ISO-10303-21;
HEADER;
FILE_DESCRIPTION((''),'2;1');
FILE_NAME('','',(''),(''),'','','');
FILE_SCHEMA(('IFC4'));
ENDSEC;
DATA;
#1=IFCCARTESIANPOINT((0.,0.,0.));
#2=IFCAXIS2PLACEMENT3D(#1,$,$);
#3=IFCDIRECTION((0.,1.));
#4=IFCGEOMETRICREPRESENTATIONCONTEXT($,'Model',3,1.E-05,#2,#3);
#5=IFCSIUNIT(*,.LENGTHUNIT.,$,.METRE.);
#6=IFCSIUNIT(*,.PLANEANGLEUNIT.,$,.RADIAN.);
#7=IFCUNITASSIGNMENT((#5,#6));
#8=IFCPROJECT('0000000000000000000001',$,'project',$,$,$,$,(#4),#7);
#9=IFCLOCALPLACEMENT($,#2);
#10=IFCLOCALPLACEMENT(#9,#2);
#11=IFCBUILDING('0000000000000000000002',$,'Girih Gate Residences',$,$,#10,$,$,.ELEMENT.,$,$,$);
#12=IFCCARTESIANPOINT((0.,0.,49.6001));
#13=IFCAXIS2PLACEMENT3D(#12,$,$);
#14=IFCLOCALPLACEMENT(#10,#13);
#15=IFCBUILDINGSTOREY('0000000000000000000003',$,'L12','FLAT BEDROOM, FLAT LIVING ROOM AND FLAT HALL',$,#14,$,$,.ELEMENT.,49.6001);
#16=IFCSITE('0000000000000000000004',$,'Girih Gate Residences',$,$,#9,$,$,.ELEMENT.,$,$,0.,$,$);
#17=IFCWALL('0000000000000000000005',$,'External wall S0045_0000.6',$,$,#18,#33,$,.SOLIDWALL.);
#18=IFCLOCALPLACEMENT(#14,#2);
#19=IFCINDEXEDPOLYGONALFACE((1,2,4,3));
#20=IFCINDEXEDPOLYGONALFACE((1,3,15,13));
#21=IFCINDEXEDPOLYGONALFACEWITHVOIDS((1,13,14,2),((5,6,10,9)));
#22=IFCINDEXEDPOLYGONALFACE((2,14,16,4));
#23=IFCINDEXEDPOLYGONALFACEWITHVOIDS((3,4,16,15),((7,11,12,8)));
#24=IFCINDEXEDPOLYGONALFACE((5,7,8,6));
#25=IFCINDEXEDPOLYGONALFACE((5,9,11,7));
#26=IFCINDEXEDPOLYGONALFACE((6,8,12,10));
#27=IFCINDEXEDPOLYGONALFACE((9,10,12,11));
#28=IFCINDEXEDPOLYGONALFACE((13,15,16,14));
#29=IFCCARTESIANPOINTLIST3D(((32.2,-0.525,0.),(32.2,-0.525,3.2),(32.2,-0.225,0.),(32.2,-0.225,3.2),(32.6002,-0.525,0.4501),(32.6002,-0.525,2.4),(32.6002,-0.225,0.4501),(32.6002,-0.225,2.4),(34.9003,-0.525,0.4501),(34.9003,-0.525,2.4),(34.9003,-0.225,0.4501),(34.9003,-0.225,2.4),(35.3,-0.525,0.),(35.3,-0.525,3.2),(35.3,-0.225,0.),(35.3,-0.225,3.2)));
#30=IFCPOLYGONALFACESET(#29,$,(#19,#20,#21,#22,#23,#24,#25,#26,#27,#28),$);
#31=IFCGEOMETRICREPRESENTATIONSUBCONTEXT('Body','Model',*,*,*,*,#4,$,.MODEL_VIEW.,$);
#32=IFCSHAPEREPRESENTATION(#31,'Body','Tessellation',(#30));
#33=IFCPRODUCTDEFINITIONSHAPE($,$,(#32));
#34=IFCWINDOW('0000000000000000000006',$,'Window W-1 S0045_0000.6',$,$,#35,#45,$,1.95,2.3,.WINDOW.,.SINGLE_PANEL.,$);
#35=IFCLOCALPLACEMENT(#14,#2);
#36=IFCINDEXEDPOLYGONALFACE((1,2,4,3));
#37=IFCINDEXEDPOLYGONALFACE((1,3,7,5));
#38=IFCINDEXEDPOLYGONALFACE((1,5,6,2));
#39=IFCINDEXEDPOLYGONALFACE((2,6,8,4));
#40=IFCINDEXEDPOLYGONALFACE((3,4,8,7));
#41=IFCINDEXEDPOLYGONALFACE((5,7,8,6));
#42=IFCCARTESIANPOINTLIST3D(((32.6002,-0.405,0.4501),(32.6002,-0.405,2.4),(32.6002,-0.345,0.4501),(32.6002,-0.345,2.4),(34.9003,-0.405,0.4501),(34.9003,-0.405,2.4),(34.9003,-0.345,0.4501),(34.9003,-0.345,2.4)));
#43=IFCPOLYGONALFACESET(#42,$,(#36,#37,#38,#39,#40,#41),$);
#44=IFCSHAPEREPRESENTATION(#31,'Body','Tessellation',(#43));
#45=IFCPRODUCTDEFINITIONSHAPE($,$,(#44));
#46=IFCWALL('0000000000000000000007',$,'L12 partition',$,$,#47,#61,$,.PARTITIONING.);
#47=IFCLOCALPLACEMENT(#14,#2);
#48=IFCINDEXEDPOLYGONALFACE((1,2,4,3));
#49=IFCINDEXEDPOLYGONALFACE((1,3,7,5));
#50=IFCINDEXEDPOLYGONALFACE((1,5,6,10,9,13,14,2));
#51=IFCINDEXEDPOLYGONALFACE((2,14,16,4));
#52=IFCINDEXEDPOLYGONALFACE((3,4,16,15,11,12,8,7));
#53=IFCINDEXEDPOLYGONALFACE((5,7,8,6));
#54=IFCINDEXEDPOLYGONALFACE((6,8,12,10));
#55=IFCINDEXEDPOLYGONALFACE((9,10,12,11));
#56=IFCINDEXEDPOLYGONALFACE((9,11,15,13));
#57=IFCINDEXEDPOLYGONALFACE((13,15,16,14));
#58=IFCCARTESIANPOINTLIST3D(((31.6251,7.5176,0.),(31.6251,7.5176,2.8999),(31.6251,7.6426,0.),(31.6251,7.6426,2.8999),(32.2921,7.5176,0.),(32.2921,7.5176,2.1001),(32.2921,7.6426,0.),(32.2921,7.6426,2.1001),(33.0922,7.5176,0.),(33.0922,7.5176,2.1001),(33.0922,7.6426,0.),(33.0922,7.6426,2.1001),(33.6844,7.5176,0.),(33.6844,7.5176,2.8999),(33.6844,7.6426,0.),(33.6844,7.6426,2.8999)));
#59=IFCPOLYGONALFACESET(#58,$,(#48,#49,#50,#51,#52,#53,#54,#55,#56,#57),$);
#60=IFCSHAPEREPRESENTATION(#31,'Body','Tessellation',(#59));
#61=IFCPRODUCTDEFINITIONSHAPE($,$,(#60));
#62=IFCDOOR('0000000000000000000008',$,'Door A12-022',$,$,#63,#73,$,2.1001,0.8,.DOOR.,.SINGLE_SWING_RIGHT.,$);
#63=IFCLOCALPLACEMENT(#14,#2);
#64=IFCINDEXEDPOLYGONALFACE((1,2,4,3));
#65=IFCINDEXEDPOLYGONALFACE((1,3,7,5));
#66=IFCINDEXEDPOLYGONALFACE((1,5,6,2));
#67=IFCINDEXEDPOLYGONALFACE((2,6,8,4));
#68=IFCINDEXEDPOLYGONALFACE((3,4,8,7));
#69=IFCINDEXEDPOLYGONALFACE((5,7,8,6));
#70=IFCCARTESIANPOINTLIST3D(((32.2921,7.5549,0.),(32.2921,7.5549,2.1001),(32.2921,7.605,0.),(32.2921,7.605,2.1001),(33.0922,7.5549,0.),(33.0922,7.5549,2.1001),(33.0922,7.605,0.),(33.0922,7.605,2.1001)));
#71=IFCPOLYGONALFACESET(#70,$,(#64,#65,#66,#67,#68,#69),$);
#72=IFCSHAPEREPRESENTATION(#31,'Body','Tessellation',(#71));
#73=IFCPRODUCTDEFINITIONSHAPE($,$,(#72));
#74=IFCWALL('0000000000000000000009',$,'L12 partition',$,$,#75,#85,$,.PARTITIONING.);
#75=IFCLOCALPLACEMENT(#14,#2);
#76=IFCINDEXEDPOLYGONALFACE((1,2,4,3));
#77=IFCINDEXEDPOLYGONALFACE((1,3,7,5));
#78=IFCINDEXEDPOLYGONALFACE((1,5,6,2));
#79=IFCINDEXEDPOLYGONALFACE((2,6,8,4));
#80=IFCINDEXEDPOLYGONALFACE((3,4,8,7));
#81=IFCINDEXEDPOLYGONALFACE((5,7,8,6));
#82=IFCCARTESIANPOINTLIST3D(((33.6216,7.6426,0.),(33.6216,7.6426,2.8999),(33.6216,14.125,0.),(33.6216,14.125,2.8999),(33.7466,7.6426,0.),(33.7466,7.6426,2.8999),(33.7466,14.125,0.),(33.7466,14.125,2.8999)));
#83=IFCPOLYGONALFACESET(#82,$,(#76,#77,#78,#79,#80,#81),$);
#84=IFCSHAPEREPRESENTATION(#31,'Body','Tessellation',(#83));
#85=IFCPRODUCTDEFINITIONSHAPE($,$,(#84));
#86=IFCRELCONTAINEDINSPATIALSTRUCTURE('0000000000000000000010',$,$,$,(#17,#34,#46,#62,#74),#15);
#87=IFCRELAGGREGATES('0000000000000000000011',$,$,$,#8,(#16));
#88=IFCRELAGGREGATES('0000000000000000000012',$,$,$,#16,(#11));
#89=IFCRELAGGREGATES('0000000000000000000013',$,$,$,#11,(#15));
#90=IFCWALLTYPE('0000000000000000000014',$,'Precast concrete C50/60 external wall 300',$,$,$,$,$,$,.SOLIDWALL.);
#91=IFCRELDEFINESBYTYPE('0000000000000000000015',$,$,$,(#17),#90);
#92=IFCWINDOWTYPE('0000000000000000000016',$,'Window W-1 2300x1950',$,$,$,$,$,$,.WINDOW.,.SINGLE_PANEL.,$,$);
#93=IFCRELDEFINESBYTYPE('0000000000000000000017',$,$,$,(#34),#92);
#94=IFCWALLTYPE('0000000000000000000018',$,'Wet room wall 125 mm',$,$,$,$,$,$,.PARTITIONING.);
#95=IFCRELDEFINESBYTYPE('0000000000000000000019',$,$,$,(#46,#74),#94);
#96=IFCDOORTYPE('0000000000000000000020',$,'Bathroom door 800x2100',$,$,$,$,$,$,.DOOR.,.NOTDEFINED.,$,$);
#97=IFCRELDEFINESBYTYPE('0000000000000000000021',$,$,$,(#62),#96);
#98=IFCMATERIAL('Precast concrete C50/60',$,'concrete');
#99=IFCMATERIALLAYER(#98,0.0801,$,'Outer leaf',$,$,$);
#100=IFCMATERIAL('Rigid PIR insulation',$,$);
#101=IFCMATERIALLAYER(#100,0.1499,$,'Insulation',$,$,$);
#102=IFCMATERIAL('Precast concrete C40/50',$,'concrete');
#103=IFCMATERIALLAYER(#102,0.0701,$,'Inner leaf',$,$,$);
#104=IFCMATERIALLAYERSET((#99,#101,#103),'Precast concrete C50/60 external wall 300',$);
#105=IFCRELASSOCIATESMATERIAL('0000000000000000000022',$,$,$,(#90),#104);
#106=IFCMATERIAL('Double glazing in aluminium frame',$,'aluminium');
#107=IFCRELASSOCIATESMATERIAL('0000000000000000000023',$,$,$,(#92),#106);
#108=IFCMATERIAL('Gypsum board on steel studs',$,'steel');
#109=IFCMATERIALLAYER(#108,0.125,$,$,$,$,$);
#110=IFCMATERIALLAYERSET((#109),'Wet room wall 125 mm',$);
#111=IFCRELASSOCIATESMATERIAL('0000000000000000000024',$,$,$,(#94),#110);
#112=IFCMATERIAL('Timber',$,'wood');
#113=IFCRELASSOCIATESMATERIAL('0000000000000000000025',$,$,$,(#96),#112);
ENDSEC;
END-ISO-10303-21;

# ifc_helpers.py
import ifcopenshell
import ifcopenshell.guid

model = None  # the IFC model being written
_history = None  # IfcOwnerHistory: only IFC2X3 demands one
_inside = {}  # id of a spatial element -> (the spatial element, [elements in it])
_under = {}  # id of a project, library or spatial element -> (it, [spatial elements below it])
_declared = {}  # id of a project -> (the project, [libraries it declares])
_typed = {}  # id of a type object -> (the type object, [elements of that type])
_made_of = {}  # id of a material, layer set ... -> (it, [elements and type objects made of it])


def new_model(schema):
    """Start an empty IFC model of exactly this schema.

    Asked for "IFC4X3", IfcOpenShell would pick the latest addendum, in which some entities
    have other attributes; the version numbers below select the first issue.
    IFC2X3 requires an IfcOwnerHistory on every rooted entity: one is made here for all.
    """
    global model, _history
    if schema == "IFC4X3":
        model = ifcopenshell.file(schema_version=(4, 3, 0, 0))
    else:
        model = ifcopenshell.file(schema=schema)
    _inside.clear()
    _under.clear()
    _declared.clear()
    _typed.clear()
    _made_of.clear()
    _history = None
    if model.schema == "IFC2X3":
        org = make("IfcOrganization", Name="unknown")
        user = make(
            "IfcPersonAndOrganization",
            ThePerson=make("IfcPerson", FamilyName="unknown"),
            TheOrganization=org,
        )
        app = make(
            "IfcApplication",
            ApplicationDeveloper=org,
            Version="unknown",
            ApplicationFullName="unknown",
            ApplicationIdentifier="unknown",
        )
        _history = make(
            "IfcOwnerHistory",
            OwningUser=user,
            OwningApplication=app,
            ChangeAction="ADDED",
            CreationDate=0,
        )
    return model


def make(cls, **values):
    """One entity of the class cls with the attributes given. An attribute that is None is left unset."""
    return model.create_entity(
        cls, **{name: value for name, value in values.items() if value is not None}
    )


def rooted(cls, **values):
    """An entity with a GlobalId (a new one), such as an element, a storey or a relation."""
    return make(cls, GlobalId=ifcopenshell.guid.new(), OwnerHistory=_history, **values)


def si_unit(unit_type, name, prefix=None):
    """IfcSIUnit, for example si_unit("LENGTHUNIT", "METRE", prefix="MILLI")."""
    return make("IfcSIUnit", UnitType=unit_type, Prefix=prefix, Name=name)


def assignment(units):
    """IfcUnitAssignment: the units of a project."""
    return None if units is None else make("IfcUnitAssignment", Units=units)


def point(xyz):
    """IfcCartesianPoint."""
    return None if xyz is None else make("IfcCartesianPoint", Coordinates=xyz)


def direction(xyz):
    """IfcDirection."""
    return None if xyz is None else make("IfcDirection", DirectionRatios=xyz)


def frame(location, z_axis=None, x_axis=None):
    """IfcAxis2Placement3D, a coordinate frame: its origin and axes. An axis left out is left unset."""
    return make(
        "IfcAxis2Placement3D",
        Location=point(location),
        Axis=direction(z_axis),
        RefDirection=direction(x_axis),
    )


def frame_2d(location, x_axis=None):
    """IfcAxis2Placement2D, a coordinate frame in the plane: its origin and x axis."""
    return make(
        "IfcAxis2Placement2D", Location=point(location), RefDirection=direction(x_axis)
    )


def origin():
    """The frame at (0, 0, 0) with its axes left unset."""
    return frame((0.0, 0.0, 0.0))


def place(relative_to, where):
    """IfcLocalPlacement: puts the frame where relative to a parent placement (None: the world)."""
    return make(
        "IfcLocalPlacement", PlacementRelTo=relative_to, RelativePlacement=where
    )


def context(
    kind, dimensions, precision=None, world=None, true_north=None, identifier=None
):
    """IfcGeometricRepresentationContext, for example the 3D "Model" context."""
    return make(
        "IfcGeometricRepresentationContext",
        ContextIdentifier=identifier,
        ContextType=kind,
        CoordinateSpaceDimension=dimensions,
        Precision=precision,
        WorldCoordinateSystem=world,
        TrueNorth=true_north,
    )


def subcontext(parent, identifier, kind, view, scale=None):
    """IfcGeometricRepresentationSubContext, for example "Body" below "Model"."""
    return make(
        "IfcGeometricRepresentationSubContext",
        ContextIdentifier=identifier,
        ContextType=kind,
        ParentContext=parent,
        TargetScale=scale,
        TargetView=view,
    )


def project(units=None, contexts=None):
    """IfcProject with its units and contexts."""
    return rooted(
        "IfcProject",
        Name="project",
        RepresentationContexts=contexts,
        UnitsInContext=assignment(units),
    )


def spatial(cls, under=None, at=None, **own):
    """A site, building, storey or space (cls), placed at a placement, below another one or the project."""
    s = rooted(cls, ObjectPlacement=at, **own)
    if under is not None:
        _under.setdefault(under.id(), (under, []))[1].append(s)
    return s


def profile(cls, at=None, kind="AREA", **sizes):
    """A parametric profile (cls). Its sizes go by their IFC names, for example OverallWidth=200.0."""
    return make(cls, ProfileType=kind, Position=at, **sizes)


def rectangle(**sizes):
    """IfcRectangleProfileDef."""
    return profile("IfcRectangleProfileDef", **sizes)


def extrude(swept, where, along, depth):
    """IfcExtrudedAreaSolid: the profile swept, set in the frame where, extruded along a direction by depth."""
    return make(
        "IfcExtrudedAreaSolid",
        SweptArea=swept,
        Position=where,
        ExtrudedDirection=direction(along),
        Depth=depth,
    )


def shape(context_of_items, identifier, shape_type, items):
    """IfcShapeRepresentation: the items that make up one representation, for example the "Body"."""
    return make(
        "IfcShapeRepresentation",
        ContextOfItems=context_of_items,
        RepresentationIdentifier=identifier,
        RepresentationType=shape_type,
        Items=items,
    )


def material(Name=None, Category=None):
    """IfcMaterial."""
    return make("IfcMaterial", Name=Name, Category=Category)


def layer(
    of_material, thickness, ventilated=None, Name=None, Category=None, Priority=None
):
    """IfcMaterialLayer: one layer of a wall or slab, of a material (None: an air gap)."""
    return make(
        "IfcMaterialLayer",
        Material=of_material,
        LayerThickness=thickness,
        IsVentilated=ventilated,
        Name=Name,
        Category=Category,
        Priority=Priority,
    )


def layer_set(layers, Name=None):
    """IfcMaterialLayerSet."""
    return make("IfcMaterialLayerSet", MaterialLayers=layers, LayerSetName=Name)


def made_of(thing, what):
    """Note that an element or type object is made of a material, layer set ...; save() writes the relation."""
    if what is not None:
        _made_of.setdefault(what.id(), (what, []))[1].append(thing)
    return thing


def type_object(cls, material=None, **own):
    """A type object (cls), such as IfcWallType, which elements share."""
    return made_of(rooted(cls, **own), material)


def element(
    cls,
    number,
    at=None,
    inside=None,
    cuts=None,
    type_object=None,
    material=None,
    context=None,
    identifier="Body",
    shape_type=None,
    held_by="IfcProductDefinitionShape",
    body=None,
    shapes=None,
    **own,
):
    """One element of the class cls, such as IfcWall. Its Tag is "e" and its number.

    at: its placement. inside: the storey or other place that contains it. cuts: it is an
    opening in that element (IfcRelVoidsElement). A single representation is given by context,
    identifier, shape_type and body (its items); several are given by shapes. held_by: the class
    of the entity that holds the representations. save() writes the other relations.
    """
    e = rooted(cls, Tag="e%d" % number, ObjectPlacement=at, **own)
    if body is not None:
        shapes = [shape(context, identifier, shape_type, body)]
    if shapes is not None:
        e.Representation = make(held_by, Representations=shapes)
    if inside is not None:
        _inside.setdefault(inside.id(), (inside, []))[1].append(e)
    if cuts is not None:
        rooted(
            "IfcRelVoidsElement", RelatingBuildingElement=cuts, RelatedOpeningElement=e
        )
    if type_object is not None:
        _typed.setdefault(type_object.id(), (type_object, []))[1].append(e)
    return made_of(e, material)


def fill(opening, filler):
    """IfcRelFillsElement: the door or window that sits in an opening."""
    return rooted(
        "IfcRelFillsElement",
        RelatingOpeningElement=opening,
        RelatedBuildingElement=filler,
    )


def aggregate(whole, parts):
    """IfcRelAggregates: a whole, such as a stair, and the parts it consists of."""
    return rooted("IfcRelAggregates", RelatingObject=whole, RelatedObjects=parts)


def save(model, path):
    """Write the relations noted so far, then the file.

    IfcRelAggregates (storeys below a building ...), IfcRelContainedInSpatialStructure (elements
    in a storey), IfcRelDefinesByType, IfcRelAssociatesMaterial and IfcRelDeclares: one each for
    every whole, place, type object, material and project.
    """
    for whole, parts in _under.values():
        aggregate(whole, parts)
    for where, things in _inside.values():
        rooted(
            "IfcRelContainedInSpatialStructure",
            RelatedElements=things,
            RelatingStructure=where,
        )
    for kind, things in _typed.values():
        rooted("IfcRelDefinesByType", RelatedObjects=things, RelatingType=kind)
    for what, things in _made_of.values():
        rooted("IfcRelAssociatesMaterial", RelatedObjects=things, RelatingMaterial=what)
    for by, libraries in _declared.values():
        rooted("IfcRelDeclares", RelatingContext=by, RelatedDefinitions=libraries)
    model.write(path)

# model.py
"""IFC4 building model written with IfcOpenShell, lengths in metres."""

from ifc_helpers import new_model, si_unit, direction, frame, frame_2d, origin, place, context, subcontext, project, spatial, rectangle, extrude, material, layer, layer_set, type_object, element, fill, save


model = new_model("IFC4")

# Units and contexts
model_context = context("Model", 3, precision=1e-05, world=origin(), true_north=direction((0.0, 1.0)))
body_context = subcontext(model_context, "Body", "Model", "MODEL_VIEW")
ifc_project = project(units=[si_unit("LENGTHUNIT", "METRE"), si_unit("PLANEANGLEUNIT", "RADIAN")], contexts=[model_context])

# Site, building, storey
site_placement = place(None, origin())
site = spatial("IfcSite", under=ifc_project, at=site_placement, Name="Girih Gate Residences", CompositionType="ELEMENT", RefElevation=0.0)
building_placement = place(site_placement, origin())
building = spatial("IfcBuilding", under=site, at=building_placement, Name="Girih Gate Residences", CompositionType="ELEMENT")
storey_placement = place(building_placement, frame((0.0, 0.0, 49.6001)))
storey = spatial("IfcBuildingStorey", under=building, at=storey_placement, Name="L12", Description="FLAT BEDROOM, FLAT LIVING ROOM AND FLAT HALL", CompositionType="ELEMENT", Elevation=49.6001)

# Shared definitions
ifc_material_1 = material(Name="Gypsum board on steel studs", Category="steel")

# Shared definitions
ifc_material_2 = material(Name="Timber", Category="wood")

# Wall, opening, window
ifc_material_3 = material(Name="Precast concrete C50/60", Category="concrete")
ifc_layer_1 = layer(ifc_material_3, 0.0801, Name="Outer leaf")
ifc_material_4 = material(Name="Rigid PIR insulation")
ifc_layer_2 = layer(ifc_material_4, 0.1499, Name="Insulation")
ifc_material_5 = material(Name="Precast concrete C40/50", Category="concrete")
ifc_layer_3 = layer(ifc_material_5, 0.0701, Name="Inner leaf")
ifc_layer_set_1 = layer_set([ifc_layer_1, ifc_layer_2, ifc_layer_3], Name="Precast concrete C50/60 external wall 300")
wall_type_1 = type_object("IfcWallType", Name="Precast concrete C50/60 external wall 300", PredefinedType="SOLIDWALL", material=ifc_layer_set_1)
ifc_material_6 = material(Name="Double glazing in aluminium frame", Category="aluminium")
window_type = type_object("IfcWindowType", Name="Window W-1 2300x1950", PartitioningType="SINGLE_PANEL", PredefinedType="WINDOW", material=ifc_material_6)
wall_1_placement = place(storey_placement, frame((35.3, -0.375, 0.0), z_axis=(0.0, 0.0, 1.0), x_axis=(-1.0, 0.0, 0.0)))
wall_1 = element("IfcWall", 1, at=wall_1_placement, inside=storey, type_object=wall_type_1, Name="External wall S0045_0000.6", PredefinedType="SOLIDWALL", context=body_context, shape_type="SweptSolid", body=[
    extrude(rectangle(XDim=3.1001, YDim=0.3, at=frame_2d((1.55, 0.0))), origin(), (0.0, 0.0, 1.0), 3.2),
])
opening_1_placement = place(wall_1_placement, frame((0.3999, 0.0, 0.45)))
opening_1 = element("IfcOpeningElement", 2, at=opening_1_placement, cuts=wall_1, PredefinedType="OPENING", context=body_context, shape_type="SweptSolid", body=[
    extrude(rectangle(XDim=2.3, YDim=1.95, at=frame_2d((1.1499, 0.9751))), frame((0.0, 0.1599, 0.0), z_axis=(0.0, -1.0, 0.0), x_axis=(1.0, 0.0, 0.0)), (0.0, 0.0, 1.0), 0.3201),
])
window_1_placement = place(opening_1_placement, origin())
window_1 = element("IfcWindow", 3, at=window_1_placement, inside=storey, type_object=window_type, Name="Window W-1 S0045_0000.6", OverallHeight=1.95, OverallWidth=2.3, PartitioningType="SINGLE_PANEL", PredefinedType="WINDOW", context=body_context, shape_type="SweptSolid", body=[
    extrude(rectangle(XDim=2.3, YDim=1.95, at=frame_2d((1.1499, 0.9751))), frame((0.0, 0.03, 0.0), z_axis=(0.0, -1.0, 0.0), x_axis=(1.0, 0.0, 0.0)), (0.0, 0.0, 1.0), 0.0601),
])
fill(opening_1, window_1)

# Wall, opening, door
ifc_layer_4 = layer(ifc_material_1, 0.125)
ifc_layer_set_2 = layer_set([ifc_layer_4], Name="Wet room wall 125 mm")
wall_type_2 = type_object("IfcWallType", Name="Wet room wall 125 mm", PredefinedType="PARTITIONING", material=ifc_layer_set_2)
wall_2_placement = place(storey_placement, frame((31.625, 7.5801, 0.0), z_axis=(0.0, 0.0, 1.0), x_axis=(1.0, 0.0, 0.0)))
wall_2 = element("IfcWall", 4, at=wall_2_placement, inside=storey, type_object=wall_type_2, Name="L12 partition", PredefinedType="PARTITIONING", context=body_context, shape_type="SweptSolid", body=[
    extrude(rectangle(XDim=2.0593, YDim=0.125, at=frame_2d((1.0298, 0.0))), origin(), (0.0, 0.0, 1.0), 2.8999),
])
opening_2_placement = place(wall_2_placement, frame((0.6672, 0.0, 0.0)))
opening_2 = element("IfcOpeningElement", 5, at=opening_2_placement, cuts=wall_2, PredefinedType="OPENING", context=body_context, shape_type="SweptSolid", body=[
    extrude(rectangle(XDim=0.8, YDim=2.1001, at=frame_2d((0.3999, 1.05))), frame((0.0, 0.0725, 0.0), z_axis=(0.0, -1.0, 0.0), x_axis=(1.0, 0.0, 0.0)), (0.0, 0.0, 1.0), 0.145),
])
door_type_1 = type_object("IfcDoorType", Name="Bathroom door 800x2100", OperationType="NOTDEFINED", PredefinedType="DOOR", material=ifc_material_2)
door_1_placement = place(opening_2_placement, origin())
door_1 = element("IfcDoor", 6, at=door_1_placement, inside=storey, type_object=door_type_1, Name="Door A12-022", OperationType="SINGLE_SWING_RIGHT", OverallHeight=2.1001, OverallWidth=0.8, PredefinedType="DOOR", context=body_context, shape_type="SweptSolid", body=[
    extrude(rectangle(XDim=0.8, YDim=2.1001, at=frame_2d((0.3999, 1.05))), frame((0.0, 0.0249, 0.0), z_axis=(0.0, -1.0, 0.0), x_axis=(1.0, 0.0, 0.0)), (0.0, 0.0, 1.0), 0.05),
])
fill(opening_2, door_1)

# Wall
wall_3_placement = place(storey_placement, frame((33.6841, 7.6426, 0.0), z_axis=(0.0, 0.0, 1.0), x_axis=(0.0, 1.0, 0.0)))
element("IfcWall", 7, at=wall_3_placement, inside=storey, type_object=wall_type_2, Name="L12 partition", PredefinedType="PARTITIONING", context=body_context, shape_type="SweptSolid", body=[
    extrude(rectangle(XDim=6.4824, YDim=0.125, at=frame_2d((3.2412, 0.0))), origin(), (0.0, 0.0, 1.0), 2.8999),
])

save(model, "model.ifc")
